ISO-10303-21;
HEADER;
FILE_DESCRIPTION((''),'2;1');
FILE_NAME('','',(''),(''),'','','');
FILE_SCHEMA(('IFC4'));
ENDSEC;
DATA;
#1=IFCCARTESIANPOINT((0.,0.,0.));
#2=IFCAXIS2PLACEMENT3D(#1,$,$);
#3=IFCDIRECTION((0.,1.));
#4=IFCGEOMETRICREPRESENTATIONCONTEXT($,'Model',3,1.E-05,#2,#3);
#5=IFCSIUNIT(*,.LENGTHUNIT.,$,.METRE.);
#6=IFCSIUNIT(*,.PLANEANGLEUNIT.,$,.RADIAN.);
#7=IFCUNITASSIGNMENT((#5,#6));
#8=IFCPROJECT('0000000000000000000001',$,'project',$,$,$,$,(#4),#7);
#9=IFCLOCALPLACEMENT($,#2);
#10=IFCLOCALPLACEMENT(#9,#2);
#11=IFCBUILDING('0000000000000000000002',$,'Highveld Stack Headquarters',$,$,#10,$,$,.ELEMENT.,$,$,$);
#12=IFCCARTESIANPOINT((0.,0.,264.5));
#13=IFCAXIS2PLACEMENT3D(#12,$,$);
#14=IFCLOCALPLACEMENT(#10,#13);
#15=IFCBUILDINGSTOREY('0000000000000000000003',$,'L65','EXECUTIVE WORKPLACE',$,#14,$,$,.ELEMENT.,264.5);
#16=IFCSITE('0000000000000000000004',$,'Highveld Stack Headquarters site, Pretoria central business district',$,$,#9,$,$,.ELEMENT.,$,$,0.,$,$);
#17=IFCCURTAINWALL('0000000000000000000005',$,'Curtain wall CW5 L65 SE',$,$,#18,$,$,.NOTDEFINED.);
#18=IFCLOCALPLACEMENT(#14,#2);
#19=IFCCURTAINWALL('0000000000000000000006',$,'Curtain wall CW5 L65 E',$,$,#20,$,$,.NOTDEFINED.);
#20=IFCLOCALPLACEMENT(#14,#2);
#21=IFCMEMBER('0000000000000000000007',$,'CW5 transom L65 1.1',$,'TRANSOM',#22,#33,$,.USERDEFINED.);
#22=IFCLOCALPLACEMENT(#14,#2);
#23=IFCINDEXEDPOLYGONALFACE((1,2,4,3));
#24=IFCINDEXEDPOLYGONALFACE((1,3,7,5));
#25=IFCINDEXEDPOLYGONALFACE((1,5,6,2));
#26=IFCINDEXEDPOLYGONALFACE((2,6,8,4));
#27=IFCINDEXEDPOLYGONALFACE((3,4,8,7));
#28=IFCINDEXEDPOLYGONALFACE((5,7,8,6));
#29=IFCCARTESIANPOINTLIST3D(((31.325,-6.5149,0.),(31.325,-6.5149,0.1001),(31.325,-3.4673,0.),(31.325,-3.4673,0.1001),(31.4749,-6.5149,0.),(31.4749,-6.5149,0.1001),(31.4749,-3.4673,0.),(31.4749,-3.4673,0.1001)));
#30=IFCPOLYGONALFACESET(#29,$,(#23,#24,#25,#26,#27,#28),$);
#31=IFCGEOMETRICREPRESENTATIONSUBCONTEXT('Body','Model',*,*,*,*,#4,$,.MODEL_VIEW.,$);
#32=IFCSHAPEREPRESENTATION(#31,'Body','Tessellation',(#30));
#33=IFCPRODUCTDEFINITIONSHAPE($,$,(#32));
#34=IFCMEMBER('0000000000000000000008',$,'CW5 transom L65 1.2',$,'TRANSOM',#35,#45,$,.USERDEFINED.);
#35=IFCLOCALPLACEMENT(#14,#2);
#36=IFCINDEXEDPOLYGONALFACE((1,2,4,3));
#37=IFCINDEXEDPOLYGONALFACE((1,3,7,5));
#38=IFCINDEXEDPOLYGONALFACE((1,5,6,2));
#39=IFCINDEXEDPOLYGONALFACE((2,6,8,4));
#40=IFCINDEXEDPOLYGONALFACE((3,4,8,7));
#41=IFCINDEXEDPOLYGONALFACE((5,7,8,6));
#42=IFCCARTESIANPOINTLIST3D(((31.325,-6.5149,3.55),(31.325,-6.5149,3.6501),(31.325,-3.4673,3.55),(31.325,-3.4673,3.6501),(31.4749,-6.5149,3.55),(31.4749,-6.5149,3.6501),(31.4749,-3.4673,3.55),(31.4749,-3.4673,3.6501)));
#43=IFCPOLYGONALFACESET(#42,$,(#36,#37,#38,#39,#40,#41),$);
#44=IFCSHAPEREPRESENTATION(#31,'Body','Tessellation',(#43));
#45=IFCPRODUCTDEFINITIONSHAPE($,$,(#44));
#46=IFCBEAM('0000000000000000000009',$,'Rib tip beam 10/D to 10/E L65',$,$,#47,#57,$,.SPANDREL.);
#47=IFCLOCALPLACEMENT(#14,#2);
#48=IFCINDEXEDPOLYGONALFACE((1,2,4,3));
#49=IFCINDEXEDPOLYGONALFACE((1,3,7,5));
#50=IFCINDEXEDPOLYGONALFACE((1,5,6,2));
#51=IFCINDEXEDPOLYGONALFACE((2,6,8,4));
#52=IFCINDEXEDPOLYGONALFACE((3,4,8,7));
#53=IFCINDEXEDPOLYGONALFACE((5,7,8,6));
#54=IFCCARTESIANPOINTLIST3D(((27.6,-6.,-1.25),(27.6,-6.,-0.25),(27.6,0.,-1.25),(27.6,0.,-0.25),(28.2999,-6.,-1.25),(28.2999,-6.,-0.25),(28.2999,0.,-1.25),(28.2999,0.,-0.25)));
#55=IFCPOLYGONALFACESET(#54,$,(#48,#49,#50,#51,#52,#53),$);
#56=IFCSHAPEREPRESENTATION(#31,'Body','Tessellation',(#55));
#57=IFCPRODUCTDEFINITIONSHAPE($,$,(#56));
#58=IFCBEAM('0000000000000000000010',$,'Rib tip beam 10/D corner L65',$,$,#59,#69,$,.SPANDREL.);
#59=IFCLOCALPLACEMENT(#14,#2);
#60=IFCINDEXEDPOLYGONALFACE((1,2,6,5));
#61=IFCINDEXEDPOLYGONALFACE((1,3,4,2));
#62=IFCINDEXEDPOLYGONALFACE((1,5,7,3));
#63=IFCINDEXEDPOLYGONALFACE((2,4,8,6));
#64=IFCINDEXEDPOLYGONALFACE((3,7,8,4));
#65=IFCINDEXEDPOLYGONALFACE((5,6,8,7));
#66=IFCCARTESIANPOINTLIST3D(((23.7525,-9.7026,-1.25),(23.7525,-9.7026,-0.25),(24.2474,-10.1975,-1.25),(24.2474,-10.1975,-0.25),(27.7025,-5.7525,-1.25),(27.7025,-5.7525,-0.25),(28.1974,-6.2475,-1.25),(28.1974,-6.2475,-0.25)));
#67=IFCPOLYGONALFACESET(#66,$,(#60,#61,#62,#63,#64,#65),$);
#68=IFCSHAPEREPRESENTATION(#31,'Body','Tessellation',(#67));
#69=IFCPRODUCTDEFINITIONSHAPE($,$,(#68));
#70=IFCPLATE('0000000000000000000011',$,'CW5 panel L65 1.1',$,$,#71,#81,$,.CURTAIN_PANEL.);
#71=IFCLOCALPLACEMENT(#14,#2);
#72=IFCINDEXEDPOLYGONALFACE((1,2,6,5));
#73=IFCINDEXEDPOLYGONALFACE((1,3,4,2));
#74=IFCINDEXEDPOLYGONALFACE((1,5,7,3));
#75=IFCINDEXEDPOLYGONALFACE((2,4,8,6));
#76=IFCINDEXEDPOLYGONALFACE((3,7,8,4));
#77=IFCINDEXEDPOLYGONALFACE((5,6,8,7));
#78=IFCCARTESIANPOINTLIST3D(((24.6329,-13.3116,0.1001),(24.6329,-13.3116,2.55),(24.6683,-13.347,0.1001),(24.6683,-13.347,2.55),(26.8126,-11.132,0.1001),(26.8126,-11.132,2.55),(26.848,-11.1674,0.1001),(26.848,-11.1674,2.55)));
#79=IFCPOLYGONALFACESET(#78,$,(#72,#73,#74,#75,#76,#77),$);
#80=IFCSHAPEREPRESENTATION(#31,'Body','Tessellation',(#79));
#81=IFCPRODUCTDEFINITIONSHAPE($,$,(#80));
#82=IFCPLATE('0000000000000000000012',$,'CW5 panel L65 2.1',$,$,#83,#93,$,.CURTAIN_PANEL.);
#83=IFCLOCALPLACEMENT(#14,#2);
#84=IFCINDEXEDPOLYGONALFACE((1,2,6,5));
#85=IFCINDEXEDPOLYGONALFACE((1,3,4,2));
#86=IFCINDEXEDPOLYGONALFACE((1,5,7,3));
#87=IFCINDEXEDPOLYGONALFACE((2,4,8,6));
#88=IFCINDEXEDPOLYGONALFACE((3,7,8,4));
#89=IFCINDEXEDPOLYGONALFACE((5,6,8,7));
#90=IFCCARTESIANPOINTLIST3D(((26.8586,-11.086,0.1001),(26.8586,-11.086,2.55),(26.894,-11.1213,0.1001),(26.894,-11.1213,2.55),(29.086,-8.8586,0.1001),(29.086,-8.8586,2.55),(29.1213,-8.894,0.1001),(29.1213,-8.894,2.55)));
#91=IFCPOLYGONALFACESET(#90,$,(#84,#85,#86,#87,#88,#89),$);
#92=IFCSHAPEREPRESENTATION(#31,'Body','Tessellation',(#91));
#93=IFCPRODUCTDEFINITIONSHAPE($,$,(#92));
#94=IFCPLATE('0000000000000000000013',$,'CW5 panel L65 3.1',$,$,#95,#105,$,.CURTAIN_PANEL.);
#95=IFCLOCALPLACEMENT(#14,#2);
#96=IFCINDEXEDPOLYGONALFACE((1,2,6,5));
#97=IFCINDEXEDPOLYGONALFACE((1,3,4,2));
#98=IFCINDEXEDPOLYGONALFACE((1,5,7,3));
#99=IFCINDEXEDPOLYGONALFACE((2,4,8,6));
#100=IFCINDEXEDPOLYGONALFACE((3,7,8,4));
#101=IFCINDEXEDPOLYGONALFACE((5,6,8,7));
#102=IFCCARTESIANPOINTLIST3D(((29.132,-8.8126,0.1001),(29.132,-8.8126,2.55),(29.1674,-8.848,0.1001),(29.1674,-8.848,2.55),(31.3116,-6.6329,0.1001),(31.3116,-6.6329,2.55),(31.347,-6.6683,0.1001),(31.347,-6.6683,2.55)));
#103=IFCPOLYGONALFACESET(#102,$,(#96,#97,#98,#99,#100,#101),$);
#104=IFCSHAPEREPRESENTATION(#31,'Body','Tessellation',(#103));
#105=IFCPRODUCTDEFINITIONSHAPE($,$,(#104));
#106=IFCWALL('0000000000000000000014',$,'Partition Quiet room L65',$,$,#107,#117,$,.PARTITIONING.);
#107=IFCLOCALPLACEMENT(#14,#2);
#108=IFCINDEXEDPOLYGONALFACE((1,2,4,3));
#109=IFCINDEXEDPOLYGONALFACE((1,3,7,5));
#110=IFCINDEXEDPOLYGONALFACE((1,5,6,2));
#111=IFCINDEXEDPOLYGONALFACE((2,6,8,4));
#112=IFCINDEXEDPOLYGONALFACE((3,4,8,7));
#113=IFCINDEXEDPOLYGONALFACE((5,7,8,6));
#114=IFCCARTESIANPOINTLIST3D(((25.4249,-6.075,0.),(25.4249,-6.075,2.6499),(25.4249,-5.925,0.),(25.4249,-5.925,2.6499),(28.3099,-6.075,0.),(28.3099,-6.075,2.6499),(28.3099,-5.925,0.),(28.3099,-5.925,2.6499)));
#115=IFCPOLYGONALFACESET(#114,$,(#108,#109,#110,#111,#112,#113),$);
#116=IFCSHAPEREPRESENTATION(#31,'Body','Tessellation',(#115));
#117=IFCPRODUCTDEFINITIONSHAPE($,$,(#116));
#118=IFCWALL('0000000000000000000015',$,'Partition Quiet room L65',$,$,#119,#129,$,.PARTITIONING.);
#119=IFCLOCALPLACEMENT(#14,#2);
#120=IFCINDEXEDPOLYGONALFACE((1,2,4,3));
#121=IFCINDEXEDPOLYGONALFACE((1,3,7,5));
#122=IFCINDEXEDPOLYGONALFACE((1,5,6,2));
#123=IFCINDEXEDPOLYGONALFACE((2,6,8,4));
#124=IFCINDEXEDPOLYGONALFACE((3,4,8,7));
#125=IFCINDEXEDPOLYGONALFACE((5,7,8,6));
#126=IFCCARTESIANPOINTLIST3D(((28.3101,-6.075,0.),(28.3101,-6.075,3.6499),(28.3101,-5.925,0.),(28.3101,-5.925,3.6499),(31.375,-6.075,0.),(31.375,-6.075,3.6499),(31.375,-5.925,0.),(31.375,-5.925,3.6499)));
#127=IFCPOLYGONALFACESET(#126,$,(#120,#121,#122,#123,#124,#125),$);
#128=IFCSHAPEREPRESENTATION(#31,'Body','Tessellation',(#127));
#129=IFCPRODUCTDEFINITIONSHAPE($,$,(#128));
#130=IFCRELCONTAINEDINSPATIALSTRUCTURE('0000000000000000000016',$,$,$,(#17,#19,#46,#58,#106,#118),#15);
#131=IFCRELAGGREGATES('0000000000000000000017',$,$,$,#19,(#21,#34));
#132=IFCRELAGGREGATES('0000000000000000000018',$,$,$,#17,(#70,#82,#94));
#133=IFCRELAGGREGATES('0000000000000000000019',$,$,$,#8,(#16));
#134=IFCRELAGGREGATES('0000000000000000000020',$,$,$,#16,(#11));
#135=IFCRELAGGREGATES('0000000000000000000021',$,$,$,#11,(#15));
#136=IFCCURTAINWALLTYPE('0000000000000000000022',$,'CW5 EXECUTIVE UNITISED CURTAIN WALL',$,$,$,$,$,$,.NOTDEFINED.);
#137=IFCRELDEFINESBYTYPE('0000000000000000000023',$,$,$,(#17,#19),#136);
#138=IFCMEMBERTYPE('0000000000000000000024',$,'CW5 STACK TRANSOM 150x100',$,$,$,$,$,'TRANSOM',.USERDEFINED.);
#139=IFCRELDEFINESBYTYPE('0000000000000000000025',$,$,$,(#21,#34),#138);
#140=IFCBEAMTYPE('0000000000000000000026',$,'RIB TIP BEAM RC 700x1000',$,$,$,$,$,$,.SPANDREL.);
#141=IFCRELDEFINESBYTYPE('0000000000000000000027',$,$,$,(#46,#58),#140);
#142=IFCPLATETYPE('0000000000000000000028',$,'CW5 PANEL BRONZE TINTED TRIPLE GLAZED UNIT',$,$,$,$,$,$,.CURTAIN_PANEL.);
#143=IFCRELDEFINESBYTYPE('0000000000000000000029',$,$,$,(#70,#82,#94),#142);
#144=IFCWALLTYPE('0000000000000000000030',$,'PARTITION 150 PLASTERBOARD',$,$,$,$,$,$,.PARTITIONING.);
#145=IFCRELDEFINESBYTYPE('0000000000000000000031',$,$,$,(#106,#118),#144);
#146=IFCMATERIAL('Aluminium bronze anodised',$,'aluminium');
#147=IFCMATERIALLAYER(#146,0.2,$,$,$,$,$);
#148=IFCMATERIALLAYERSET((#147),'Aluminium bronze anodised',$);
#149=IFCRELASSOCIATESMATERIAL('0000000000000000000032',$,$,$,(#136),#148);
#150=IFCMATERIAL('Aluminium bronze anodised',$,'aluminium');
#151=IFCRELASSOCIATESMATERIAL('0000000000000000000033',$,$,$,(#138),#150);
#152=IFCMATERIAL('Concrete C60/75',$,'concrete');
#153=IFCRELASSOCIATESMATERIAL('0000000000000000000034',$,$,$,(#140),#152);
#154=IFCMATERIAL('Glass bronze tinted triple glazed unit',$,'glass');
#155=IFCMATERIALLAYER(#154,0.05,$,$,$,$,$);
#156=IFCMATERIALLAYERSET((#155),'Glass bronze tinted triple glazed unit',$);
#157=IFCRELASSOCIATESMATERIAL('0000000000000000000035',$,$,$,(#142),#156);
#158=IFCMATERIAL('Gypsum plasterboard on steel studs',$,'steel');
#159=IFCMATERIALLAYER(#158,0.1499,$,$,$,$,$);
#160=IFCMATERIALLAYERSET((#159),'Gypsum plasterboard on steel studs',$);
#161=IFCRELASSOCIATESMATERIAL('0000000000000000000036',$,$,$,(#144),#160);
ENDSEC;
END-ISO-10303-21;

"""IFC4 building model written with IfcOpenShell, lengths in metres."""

from ifc_helpers import new_model, si_unit, direction, frame, frame_2d, origin, origin_2d, place, context, subcontext, project, spatial, rectangle, extrude, material, layer, layer_set, material_profile, profile_set, type_object, element, aggregate, save


model = new_model("IFC4")

# Units and contexts
model_context = context("Model", 3, precision=1e-05, world=origin(), true_north=direction((0.0, 1.0)))
body_context = subcontext(model_context, "Body", "Model", "MODEL_VIEW")
ifc_project = project(units=[si_unit("LENGTHUNIT", "METRE"), si_unit("PLANEANGLEUNIT", "RADIAN")], contexts=[model_context])

# Site, building, storey
site_placement = place(None, origin())
site = spatial("IfcSite", under=ifc_project, at=site_placement, Name="Highveld Stack Headquarters site, Pretoria central business district", CompositionType="ELEMENT", RefElevation=0.0)
building_placement = place(site_placement, origin())
building = spatial("IfcBuilding", under=site, at=building_placement, Name="Highveld Stack Headquarters", CompositionType="ELEMENT")
storey_placement = place(building_placement, frame((0.0, 0.0, 264.5)))
storey = spatial("IfcBuildingStorey", under=building, at=storey_placement, Name="L65", Description="EXECUTIVE WORKPLACE", CompositionType="ELEMENT", Elevation=264.5)

# Shared definitions
ifc_material_1 = material(Name="Aluminium bronze anodised", Category="aluminium")
ifc_layer_1 = layer(ifc_material_1, 0.2)
ifc_layer_set_1 = layer_set([ifc_layer_1], Name="Aluminium bronze anodised")
curtain_wall_type = type_object("IfcCurtainWallType", Name="CW5 EXECUTIVE UNITISED CURTAIN WALL", PredefinedType="NOTDEFINED", material=ifc_layer_set_1)

# Curtain wall
curtain_wall_1_placement = place(storey_placement, origin())
curtain_wall_1 = element("IfcCurtainWall", 1, at=curtain_wall_1_placement, inside=storey, type_object=curtain_wall_type, Name="Curtain wall CW5 L65 SE", PredefinedType="NOTDEFINED")

# Curtain wall
curtain_wall_2_placement = place(storey_placement, origin())
curtain_wall_2 = element("IfcCurtainWall", 2, at=curtain_wall_2_placement, inside=storey, type_object=curtain_wall_type, Name="Curtain wall CW5 L65 E", PredefinedType="NOTDEFINED")

# Members
ifc_material_2 = material(Name="Aluminium bronze anodised", Category="aluminium")
ifc_material_profile_1 = material_profile(ifc_material_2, rectangle(XDim=0.1499, YDim=0.1001, at=origin_2d()), Name="CW5 TRANSOM 150x100")
ifc_profile_set_1 = profile_set([ifc_material_profile_1], Name="Aluminium bronze anodised")
member_type_1 = type_object("IfcMemberType", Name="CW5 STACK TRANSOM 150x100", ElementType="TRANSOM", PredefinedType="USERDEFINED", material=ifc_profile_set_1)
member_1_placement = place(storey_placement, frame((31.3999, -6.5149, 0.05), z_axis=(0.0, 1.0, 0.0), x_axis=(-1.0, 0.0, 0.0)))
member_1 = element("IfcMember", 3, at=member_1_placement, type_object=member_type_1, Name="CW5 transom L65 1.1", ObjectType="TRANSOM", PredefinedType="USERDEFINED", context=body_context, shape_type="SweptSolid", body=[
    extrude(rectangle(XDim=0.1499, YDim=0.1001, at=origin_2d()), origin(), (0.0, 0.0, 1.0), 3.0476),
])
member_2_placement = place(storey_placement, frame((31.3999, -6.5149, 3.6001), z_axis=(0.0, 1.0, 0.0), x_axis=(-1.0, 0.0, 0.0)))
member_2 = element("IfcMember", 4, at=member_2_placement, type_object=member_type_1, Name="CW5 transom L65 1.2", ObjectType="TRANSOM", PredefinedType="USERDEFINED", context=body_context, shape_type="SweptSolid", body=[
    extrude(rectangle(XDim=0.1499, YDim=0.1001, at=origin_2d()), origin(), (0.0, 0.0, 1.0), 3.0476),
])
aggregate(curtain_wall_2, [member_1, member_2])

# Beams
ifc_material_3 = material(Name="Concrete C60/75", Category="concrete")
ifc_material_profile_2 = material_profile(ifc_material_3, rectangle(XDim=0.7, YDim=1.0, at=origin_2d()), Name="RC 700x1000")
ifc_profile_set_2 = profile_set([ifc_material_profile_2], Name="Concrete C60/75")
beam_type = type_object("IfcBeamType", Name="RIB TIP BEAM RC 700x1000", PredefinedType="SPANDREL", material=ifc_profile_set_2)
beam_1_placement = place(storey_placement, frame((27.95, -6.0, -0.75), z_axis=(0.0, 1.0, 0.0), x_axis=(-1.0, 0.0, 0.0)))
element("IfcBeam", 5, at=beam_1_placement, inside=storey, type_object=beam_type, Name="Rib tip beam 10/D to 10/E L65", PredefinedType="SPANDREL", context=body_context, shape_type="SweptSolid", body=[
    extrude(rectangle(XDim=0.7, YDim=1.0, at=origin_2d()), origin(), (0.0, 0.0, 1.0), 6.0),
])
beam_2_placement = place(storey_placement, frame((27.95, -6.0, -0.75), z_axis=(-0.707107, -0.707107, 0.0), x_axis=(0.707107, -0.707107, 0.0)))
element("IfcBeam", 6, at=beam_2_placement, inside=storey, type_object=beam_type, Name="Rib tip beam 10/D corner L65", PredefinedType="SPANDREL", context=body_context, shape_type="SweptSolid", body=[
    extrude(rectangle(XDim=0.7, YDim=1.0, at=origin_2d()), origin(), (0.0, 0.0, 1.0), 5.5862),
])

# Plates
ifc_material_4 = material(Name="Glass bronze tinted triple glazed unit", Category="glass")
ifc_layer_2 = layer(ifc_material_4, 0.05)
ifc_layer_set_2 = layer_set([ifc_layer_2], Name="Glass bronze tinted triple glazed unit")
plate_type = type_object("IfcPlateType", Name="CW5 PANEL BRONZE TINTED TRIPLE GLAZED UNIT", PredefinedType="CURTAIN_PANEL", material=ifc_layer_set_2)
plate_1_placement = place(storey_placement, frame((25.7405, -12.2395, 0.1001), z_axis=(0.0, 0.0, 1.0), x_axis=(0.707107, 0.707107, 0.0)))
plate_1 = element("IfcPlate", 7, at=plate_1_placement, type_object=plate_type, Name="CW5 panel L65 1.1", PredefinedType="CURTAIN_PANEL", context=body_context, shape_type="SweptSolid", body=[
    extrude(rectangle(XDim=3.0825, YDim=0.05, at=origin_2d()), origin(), (0.0, 0.0, 1.0), 2.45),
])
plate_2_placement = place(storey_placement, frame((27.99, -9.99, 0.1001), z_axis=(0.0, 0.0, 1.0), x_axis=(0.707107, 0.707107, 0.0)))
plate_2 = element("IfcPlate", 8, at=plate_2_placement, type_object=plate_type, Name="CW5 panel L65 2.1", PredefinedType="CURTAIN_PANEL", context=body_context, shape_type="SweptSolid", body=[
    extrude(rectangle(XDim=3.1499, YDim=0.05, at=origin_2d()), origin(), (0.0, 0.0, 1.0), 2.45),
])
plate_3_placement = place(storey_placement, frame((30.2395, -7.7405, 0.1001), z_axis=(0.0, 0.0, 1.0), x_axis=(0.707107, 0.707107, 0.0)))
plate_3 = element("IfcPlate", 9, at=plate_3_placement, type_object=plate_type, Name="CW5 panel L65 3.1", PredefinedType="CURTAIN_PANEL", context=body_context, shape_type="SweptSolid", body=[
    extrude(rectangle(XDim=3.0825, YDim=0.05, at=origin_2d()), origin(), (0.0, 0.0, 1.0), 2.45),
])
aggregate(curtain_wall_1, [plate_1, plate_2, plate_3])

# Walls
ifc_material_5 = material(Name="Gypsum plasterboard on steel studs", Category="steel")
ifc_layer_3 = layer(ifc_material_5, 0.1499)
ifc_layer_set_3 = layer_set([ifc_layer_3], Name="Gypsum plasterboard on steel studs")
wall_type = type_object("IfcWallType", Name="PARTITION 150 PLASTERBOARD", PredefinedType="PARTITIONING", material=ifc_layer_set_3)
wall_1_placement = place(storey_placement, frame((25.425, -6.0, 0.0), z_axis=(0.0, 0.0, 1.0), x_axis=(1.0, 0.0, 0.0)))
element("IfcWall", 10, at=wall_1_placement, inside=storey, type_object=wall_type, Name="Partition Quiet room L65", PredefinedType="PARTITIONING", context=body_context, shape_type="SweptSolid", body=[
    extrude(rectangle(XDim=2.885, YDim=0.1499, at=frame_2d((1.4424, 0.0))), origin(), (0.0, 0.0, 1.0), 2.6499),
])
wall_2_placement = place(storey_placement, frame((28.3101, -6.0, 0.0), z_axis=(0.0, 0.0, 1.0), x_axis=(1.0, 0.0, 0.0)))
element("IfcWall", 11, at=wall_2_placement, inside=storey, type_object=wall_type, Name="Partition Quiet room L65", PredefinedType="PARTITIONING", context=body_context, shape_type="SweptSolid", body=[
    extrude(rectangle(XDim=3.0649, YDim=0.1499, at=frame_2d((1.5325, 0.0))), origin(), (0.0, 0.0, 1.0), 3.6499),
])

save(model, "model.ifc")
